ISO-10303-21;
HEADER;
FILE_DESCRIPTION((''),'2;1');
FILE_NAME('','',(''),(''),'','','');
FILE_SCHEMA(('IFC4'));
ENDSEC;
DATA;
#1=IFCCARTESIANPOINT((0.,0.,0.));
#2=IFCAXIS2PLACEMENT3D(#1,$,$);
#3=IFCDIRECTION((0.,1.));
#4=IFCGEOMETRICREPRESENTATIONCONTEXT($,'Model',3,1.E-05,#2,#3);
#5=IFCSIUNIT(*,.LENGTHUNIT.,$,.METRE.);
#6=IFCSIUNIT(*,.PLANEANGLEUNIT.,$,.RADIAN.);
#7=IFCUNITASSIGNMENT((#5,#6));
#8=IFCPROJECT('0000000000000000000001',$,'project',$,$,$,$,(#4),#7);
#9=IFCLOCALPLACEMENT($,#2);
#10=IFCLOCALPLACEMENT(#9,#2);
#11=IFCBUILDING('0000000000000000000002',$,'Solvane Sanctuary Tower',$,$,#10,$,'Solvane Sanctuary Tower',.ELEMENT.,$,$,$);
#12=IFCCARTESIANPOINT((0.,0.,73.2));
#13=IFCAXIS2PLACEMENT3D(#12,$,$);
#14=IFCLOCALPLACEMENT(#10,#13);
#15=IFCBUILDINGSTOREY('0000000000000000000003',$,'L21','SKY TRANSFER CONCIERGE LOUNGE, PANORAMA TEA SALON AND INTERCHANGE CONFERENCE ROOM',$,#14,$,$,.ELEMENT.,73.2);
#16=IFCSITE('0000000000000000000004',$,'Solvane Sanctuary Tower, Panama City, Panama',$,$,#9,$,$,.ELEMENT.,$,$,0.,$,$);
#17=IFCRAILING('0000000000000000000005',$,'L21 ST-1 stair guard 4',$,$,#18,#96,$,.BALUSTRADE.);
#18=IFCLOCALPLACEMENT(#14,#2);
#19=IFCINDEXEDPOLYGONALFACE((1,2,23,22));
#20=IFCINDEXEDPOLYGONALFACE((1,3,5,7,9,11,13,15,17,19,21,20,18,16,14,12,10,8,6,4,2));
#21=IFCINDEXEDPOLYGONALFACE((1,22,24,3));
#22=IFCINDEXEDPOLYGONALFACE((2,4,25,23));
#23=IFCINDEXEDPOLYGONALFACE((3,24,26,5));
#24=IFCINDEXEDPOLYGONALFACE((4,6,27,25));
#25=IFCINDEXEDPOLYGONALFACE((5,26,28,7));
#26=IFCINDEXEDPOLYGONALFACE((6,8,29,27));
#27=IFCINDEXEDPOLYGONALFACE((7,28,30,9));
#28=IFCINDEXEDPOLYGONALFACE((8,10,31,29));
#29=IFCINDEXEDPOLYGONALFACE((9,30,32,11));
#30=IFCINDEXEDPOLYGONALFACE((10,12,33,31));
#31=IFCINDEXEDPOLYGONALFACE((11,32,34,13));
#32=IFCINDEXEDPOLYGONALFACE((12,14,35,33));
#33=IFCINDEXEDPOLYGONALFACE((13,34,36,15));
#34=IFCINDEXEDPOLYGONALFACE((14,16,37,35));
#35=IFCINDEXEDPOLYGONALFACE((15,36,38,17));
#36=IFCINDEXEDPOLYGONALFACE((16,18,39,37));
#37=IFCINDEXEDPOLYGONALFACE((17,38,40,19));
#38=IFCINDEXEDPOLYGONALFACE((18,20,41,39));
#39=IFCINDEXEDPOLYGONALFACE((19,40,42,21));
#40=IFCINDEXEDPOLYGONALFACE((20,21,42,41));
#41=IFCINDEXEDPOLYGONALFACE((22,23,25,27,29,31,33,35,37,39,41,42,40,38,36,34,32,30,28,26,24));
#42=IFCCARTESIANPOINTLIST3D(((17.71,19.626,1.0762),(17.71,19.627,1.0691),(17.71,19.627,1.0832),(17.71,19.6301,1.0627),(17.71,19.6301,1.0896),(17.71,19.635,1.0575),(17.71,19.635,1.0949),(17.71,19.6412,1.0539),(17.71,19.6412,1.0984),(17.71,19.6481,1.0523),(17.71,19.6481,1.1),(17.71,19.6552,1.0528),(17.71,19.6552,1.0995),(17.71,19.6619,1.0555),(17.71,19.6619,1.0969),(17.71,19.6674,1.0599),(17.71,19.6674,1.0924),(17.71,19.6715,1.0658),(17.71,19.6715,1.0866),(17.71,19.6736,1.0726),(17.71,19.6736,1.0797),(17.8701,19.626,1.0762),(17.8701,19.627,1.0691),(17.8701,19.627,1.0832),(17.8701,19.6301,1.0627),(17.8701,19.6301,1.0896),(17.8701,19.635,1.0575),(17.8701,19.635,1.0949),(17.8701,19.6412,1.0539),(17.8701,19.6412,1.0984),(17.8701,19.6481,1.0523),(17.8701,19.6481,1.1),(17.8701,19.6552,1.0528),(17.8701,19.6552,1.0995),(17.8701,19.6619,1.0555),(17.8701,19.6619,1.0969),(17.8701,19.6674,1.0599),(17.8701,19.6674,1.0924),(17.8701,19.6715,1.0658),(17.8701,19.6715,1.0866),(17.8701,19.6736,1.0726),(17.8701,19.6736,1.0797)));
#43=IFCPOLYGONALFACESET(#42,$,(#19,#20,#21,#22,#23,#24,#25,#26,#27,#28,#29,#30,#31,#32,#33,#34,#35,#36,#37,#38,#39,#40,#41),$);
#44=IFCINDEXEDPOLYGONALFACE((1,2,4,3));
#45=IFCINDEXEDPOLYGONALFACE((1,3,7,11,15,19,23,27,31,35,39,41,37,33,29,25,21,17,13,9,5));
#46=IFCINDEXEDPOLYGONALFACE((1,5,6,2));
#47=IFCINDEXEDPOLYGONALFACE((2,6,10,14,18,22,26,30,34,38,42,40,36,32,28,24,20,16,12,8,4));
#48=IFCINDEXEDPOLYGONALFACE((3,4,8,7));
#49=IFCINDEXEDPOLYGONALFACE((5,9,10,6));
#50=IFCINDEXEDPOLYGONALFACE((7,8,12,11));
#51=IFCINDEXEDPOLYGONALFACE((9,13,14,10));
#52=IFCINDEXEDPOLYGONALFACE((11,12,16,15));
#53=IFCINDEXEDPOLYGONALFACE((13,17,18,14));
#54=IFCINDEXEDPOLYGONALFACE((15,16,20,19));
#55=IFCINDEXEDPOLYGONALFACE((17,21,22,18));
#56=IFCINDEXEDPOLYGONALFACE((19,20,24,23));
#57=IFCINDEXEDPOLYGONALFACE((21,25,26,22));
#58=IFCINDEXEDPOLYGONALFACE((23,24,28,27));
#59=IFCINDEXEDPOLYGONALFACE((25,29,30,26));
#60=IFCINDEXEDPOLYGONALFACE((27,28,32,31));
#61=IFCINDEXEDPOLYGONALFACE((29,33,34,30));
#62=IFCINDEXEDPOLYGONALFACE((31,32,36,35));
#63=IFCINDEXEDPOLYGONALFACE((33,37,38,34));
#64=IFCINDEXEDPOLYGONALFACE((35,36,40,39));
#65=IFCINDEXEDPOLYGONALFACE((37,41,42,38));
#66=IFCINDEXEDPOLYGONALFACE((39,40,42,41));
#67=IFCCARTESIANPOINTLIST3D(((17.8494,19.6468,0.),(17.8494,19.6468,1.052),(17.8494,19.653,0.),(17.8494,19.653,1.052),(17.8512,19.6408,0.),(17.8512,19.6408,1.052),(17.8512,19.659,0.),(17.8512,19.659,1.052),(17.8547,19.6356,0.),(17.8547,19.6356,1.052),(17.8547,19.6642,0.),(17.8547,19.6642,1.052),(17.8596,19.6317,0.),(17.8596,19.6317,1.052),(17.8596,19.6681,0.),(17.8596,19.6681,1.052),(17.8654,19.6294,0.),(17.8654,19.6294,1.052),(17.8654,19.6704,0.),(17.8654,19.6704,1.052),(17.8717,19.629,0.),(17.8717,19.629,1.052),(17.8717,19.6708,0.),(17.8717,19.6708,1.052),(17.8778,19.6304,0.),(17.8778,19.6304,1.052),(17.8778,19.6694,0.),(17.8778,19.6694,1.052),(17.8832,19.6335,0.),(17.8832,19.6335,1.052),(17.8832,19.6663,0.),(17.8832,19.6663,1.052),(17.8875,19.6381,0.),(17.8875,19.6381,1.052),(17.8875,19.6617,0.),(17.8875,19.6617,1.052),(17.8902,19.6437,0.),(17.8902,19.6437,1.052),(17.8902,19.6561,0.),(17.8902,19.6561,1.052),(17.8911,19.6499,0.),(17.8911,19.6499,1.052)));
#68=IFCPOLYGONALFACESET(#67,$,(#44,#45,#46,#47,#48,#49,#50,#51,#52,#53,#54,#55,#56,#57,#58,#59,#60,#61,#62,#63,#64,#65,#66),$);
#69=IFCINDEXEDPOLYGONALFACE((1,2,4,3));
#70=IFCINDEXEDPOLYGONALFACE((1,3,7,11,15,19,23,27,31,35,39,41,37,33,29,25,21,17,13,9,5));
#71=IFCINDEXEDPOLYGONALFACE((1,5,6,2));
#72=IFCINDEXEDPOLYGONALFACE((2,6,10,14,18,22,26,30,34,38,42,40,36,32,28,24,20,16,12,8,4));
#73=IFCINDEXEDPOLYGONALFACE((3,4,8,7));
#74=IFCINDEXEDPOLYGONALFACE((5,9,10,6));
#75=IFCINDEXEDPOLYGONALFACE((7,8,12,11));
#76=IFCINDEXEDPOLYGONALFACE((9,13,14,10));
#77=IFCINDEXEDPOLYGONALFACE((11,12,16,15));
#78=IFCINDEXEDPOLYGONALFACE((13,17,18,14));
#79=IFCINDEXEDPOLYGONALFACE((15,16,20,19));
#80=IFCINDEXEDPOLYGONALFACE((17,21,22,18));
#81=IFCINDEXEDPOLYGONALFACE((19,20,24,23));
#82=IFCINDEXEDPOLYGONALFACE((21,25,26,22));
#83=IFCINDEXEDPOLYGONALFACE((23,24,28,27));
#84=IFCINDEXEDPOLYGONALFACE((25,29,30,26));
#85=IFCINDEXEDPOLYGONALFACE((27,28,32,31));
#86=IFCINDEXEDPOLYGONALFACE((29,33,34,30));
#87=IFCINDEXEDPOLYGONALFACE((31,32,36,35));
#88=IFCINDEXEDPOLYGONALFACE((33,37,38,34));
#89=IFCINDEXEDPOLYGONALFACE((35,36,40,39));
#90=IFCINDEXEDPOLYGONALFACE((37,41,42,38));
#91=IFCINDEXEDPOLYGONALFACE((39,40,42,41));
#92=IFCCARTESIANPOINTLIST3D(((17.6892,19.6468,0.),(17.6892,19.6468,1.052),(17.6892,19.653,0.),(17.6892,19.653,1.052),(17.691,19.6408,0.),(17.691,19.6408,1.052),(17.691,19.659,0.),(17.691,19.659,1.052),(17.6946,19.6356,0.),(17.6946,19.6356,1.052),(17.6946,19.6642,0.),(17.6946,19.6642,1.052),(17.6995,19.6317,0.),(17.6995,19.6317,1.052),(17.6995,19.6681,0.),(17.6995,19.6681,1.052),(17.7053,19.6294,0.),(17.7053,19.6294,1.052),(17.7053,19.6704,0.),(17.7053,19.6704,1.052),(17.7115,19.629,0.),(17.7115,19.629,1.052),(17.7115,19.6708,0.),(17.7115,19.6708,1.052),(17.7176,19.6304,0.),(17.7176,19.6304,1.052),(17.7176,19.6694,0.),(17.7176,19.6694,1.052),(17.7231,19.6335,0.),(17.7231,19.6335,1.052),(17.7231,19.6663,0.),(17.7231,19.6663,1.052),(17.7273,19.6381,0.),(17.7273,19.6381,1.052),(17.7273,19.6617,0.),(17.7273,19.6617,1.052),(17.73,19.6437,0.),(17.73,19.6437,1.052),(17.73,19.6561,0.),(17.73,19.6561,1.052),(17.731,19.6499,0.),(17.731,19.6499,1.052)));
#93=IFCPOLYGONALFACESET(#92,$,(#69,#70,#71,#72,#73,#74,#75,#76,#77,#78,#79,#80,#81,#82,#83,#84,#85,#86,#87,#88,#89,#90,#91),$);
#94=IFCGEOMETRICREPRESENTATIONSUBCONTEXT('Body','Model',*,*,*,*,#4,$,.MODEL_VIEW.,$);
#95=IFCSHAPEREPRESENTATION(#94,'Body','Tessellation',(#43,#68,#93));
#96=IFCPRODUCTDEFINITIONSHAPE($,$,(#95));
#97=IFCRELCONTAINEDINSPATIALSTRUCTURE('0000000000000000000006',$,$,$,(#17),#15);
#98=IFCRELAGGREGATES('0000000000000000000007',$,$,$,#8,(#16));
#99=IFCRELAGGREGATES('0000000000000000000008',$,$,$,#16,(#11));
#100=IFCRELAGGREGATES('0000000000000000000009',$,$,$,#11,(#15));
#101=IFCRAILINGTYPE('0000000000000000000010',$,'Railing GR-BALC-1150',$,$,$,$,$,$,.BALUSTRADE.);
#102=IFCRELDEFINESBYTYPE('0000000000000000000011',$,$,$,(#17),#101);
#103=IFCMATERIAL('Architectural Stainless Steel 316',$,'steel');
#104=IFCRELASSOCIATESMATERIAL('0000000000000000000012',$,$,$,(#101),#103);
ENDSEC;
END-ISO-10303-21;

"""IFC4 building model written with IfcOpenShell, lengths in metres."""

from ifc_helpers import new_model, si_unit, direction, frame, origin, origin_2d, place, context, subcontext, project, spatial, circle, extrude, material, type_object, element, save


model = new_model("IFC4")

# Units and contexts
model_context = context("Model", 3, precision=1e-05, world=origin(), true_north=direction((0.0, 1.0)))
body_context = subcontext(model_context, "Body", "Model", "MODEL_VIEW")
ifc_project = project(units=[si_unit("LENGTHUNIT", "METRE"), si_unit("PLANEANGLEUNIT", "RADIAN")], contexts=[model_context])

# Site, building, storey
site_placement = place(None, origin())
site = spatial("IfcSite", under=ifc_project, at=site_placement, Name="Solvane Sanctuary Tower, Panama City, Panama", CompositionType="ELEMENT", RefElevation=0.0)
building_placement = place(site_placement, origin())
building = spatial("IfcBuilding", under=site, at=building_placement, Name="Solvane Sanctuary Tower", LongName="Solvane Sanctuary Tower", CompositionType="ELEMENT")
storey_placement = place(building_placement, frame((0.0, 0.0, 73.2)))
storey = spatial("IfcBuildingStorey", under=building, at=storey_placement, Name="L21", Description="SKY TRANSFER CONCIERGE LOUNGE, PANORAMA TEA SALON AND INTERCHANGE CONFERENCE ROOM", CompositionType="ELEMENT", Elevation=73.2)

# Shared definitions
ifc_material_1 = material(Name="Architectural Stainless Steel 316", Category="steel")

# Railing
railing_type_1 = type_object("IfcRailingType", Name="Railing GR-BALC-1150", PredefinedType="BALUSTRADE", material=ifc_material_1)
railing_1_placement = place(storey_placement, frame((17.8701, 19.6499, 0.0)))
element("IfcRailing", 1, at=railing_1_placement, inside=storey, type_object=railing_type_1, Name="L21 ST-1 stair guard 4", PredefinedType="BALUSTRADE", context=body_context, shape_type="SweptSolid", body=[
    extrude(circle(Radius=0.0239, at=origin_2d()), frame((0.0, 0.0, 1.0762), z_axis=(-1.0, 0.0, 0.0), x_axis=(0.0, -1.0, 0.0)), (0.0, 0.0, 1.0), 0.1602),
    extrude(circle(Radius=0.021, at=origin_2d()), origin(), (0.0, 0.0, 1.0), 1.052),
    extrude(circle(Radius=0.021, at=origin_2d()), frame((-0.1602, 0.0, 0.0)), (0.0, 0.0, 1.0), 1.052),
])

save(model, "model.ifc")
